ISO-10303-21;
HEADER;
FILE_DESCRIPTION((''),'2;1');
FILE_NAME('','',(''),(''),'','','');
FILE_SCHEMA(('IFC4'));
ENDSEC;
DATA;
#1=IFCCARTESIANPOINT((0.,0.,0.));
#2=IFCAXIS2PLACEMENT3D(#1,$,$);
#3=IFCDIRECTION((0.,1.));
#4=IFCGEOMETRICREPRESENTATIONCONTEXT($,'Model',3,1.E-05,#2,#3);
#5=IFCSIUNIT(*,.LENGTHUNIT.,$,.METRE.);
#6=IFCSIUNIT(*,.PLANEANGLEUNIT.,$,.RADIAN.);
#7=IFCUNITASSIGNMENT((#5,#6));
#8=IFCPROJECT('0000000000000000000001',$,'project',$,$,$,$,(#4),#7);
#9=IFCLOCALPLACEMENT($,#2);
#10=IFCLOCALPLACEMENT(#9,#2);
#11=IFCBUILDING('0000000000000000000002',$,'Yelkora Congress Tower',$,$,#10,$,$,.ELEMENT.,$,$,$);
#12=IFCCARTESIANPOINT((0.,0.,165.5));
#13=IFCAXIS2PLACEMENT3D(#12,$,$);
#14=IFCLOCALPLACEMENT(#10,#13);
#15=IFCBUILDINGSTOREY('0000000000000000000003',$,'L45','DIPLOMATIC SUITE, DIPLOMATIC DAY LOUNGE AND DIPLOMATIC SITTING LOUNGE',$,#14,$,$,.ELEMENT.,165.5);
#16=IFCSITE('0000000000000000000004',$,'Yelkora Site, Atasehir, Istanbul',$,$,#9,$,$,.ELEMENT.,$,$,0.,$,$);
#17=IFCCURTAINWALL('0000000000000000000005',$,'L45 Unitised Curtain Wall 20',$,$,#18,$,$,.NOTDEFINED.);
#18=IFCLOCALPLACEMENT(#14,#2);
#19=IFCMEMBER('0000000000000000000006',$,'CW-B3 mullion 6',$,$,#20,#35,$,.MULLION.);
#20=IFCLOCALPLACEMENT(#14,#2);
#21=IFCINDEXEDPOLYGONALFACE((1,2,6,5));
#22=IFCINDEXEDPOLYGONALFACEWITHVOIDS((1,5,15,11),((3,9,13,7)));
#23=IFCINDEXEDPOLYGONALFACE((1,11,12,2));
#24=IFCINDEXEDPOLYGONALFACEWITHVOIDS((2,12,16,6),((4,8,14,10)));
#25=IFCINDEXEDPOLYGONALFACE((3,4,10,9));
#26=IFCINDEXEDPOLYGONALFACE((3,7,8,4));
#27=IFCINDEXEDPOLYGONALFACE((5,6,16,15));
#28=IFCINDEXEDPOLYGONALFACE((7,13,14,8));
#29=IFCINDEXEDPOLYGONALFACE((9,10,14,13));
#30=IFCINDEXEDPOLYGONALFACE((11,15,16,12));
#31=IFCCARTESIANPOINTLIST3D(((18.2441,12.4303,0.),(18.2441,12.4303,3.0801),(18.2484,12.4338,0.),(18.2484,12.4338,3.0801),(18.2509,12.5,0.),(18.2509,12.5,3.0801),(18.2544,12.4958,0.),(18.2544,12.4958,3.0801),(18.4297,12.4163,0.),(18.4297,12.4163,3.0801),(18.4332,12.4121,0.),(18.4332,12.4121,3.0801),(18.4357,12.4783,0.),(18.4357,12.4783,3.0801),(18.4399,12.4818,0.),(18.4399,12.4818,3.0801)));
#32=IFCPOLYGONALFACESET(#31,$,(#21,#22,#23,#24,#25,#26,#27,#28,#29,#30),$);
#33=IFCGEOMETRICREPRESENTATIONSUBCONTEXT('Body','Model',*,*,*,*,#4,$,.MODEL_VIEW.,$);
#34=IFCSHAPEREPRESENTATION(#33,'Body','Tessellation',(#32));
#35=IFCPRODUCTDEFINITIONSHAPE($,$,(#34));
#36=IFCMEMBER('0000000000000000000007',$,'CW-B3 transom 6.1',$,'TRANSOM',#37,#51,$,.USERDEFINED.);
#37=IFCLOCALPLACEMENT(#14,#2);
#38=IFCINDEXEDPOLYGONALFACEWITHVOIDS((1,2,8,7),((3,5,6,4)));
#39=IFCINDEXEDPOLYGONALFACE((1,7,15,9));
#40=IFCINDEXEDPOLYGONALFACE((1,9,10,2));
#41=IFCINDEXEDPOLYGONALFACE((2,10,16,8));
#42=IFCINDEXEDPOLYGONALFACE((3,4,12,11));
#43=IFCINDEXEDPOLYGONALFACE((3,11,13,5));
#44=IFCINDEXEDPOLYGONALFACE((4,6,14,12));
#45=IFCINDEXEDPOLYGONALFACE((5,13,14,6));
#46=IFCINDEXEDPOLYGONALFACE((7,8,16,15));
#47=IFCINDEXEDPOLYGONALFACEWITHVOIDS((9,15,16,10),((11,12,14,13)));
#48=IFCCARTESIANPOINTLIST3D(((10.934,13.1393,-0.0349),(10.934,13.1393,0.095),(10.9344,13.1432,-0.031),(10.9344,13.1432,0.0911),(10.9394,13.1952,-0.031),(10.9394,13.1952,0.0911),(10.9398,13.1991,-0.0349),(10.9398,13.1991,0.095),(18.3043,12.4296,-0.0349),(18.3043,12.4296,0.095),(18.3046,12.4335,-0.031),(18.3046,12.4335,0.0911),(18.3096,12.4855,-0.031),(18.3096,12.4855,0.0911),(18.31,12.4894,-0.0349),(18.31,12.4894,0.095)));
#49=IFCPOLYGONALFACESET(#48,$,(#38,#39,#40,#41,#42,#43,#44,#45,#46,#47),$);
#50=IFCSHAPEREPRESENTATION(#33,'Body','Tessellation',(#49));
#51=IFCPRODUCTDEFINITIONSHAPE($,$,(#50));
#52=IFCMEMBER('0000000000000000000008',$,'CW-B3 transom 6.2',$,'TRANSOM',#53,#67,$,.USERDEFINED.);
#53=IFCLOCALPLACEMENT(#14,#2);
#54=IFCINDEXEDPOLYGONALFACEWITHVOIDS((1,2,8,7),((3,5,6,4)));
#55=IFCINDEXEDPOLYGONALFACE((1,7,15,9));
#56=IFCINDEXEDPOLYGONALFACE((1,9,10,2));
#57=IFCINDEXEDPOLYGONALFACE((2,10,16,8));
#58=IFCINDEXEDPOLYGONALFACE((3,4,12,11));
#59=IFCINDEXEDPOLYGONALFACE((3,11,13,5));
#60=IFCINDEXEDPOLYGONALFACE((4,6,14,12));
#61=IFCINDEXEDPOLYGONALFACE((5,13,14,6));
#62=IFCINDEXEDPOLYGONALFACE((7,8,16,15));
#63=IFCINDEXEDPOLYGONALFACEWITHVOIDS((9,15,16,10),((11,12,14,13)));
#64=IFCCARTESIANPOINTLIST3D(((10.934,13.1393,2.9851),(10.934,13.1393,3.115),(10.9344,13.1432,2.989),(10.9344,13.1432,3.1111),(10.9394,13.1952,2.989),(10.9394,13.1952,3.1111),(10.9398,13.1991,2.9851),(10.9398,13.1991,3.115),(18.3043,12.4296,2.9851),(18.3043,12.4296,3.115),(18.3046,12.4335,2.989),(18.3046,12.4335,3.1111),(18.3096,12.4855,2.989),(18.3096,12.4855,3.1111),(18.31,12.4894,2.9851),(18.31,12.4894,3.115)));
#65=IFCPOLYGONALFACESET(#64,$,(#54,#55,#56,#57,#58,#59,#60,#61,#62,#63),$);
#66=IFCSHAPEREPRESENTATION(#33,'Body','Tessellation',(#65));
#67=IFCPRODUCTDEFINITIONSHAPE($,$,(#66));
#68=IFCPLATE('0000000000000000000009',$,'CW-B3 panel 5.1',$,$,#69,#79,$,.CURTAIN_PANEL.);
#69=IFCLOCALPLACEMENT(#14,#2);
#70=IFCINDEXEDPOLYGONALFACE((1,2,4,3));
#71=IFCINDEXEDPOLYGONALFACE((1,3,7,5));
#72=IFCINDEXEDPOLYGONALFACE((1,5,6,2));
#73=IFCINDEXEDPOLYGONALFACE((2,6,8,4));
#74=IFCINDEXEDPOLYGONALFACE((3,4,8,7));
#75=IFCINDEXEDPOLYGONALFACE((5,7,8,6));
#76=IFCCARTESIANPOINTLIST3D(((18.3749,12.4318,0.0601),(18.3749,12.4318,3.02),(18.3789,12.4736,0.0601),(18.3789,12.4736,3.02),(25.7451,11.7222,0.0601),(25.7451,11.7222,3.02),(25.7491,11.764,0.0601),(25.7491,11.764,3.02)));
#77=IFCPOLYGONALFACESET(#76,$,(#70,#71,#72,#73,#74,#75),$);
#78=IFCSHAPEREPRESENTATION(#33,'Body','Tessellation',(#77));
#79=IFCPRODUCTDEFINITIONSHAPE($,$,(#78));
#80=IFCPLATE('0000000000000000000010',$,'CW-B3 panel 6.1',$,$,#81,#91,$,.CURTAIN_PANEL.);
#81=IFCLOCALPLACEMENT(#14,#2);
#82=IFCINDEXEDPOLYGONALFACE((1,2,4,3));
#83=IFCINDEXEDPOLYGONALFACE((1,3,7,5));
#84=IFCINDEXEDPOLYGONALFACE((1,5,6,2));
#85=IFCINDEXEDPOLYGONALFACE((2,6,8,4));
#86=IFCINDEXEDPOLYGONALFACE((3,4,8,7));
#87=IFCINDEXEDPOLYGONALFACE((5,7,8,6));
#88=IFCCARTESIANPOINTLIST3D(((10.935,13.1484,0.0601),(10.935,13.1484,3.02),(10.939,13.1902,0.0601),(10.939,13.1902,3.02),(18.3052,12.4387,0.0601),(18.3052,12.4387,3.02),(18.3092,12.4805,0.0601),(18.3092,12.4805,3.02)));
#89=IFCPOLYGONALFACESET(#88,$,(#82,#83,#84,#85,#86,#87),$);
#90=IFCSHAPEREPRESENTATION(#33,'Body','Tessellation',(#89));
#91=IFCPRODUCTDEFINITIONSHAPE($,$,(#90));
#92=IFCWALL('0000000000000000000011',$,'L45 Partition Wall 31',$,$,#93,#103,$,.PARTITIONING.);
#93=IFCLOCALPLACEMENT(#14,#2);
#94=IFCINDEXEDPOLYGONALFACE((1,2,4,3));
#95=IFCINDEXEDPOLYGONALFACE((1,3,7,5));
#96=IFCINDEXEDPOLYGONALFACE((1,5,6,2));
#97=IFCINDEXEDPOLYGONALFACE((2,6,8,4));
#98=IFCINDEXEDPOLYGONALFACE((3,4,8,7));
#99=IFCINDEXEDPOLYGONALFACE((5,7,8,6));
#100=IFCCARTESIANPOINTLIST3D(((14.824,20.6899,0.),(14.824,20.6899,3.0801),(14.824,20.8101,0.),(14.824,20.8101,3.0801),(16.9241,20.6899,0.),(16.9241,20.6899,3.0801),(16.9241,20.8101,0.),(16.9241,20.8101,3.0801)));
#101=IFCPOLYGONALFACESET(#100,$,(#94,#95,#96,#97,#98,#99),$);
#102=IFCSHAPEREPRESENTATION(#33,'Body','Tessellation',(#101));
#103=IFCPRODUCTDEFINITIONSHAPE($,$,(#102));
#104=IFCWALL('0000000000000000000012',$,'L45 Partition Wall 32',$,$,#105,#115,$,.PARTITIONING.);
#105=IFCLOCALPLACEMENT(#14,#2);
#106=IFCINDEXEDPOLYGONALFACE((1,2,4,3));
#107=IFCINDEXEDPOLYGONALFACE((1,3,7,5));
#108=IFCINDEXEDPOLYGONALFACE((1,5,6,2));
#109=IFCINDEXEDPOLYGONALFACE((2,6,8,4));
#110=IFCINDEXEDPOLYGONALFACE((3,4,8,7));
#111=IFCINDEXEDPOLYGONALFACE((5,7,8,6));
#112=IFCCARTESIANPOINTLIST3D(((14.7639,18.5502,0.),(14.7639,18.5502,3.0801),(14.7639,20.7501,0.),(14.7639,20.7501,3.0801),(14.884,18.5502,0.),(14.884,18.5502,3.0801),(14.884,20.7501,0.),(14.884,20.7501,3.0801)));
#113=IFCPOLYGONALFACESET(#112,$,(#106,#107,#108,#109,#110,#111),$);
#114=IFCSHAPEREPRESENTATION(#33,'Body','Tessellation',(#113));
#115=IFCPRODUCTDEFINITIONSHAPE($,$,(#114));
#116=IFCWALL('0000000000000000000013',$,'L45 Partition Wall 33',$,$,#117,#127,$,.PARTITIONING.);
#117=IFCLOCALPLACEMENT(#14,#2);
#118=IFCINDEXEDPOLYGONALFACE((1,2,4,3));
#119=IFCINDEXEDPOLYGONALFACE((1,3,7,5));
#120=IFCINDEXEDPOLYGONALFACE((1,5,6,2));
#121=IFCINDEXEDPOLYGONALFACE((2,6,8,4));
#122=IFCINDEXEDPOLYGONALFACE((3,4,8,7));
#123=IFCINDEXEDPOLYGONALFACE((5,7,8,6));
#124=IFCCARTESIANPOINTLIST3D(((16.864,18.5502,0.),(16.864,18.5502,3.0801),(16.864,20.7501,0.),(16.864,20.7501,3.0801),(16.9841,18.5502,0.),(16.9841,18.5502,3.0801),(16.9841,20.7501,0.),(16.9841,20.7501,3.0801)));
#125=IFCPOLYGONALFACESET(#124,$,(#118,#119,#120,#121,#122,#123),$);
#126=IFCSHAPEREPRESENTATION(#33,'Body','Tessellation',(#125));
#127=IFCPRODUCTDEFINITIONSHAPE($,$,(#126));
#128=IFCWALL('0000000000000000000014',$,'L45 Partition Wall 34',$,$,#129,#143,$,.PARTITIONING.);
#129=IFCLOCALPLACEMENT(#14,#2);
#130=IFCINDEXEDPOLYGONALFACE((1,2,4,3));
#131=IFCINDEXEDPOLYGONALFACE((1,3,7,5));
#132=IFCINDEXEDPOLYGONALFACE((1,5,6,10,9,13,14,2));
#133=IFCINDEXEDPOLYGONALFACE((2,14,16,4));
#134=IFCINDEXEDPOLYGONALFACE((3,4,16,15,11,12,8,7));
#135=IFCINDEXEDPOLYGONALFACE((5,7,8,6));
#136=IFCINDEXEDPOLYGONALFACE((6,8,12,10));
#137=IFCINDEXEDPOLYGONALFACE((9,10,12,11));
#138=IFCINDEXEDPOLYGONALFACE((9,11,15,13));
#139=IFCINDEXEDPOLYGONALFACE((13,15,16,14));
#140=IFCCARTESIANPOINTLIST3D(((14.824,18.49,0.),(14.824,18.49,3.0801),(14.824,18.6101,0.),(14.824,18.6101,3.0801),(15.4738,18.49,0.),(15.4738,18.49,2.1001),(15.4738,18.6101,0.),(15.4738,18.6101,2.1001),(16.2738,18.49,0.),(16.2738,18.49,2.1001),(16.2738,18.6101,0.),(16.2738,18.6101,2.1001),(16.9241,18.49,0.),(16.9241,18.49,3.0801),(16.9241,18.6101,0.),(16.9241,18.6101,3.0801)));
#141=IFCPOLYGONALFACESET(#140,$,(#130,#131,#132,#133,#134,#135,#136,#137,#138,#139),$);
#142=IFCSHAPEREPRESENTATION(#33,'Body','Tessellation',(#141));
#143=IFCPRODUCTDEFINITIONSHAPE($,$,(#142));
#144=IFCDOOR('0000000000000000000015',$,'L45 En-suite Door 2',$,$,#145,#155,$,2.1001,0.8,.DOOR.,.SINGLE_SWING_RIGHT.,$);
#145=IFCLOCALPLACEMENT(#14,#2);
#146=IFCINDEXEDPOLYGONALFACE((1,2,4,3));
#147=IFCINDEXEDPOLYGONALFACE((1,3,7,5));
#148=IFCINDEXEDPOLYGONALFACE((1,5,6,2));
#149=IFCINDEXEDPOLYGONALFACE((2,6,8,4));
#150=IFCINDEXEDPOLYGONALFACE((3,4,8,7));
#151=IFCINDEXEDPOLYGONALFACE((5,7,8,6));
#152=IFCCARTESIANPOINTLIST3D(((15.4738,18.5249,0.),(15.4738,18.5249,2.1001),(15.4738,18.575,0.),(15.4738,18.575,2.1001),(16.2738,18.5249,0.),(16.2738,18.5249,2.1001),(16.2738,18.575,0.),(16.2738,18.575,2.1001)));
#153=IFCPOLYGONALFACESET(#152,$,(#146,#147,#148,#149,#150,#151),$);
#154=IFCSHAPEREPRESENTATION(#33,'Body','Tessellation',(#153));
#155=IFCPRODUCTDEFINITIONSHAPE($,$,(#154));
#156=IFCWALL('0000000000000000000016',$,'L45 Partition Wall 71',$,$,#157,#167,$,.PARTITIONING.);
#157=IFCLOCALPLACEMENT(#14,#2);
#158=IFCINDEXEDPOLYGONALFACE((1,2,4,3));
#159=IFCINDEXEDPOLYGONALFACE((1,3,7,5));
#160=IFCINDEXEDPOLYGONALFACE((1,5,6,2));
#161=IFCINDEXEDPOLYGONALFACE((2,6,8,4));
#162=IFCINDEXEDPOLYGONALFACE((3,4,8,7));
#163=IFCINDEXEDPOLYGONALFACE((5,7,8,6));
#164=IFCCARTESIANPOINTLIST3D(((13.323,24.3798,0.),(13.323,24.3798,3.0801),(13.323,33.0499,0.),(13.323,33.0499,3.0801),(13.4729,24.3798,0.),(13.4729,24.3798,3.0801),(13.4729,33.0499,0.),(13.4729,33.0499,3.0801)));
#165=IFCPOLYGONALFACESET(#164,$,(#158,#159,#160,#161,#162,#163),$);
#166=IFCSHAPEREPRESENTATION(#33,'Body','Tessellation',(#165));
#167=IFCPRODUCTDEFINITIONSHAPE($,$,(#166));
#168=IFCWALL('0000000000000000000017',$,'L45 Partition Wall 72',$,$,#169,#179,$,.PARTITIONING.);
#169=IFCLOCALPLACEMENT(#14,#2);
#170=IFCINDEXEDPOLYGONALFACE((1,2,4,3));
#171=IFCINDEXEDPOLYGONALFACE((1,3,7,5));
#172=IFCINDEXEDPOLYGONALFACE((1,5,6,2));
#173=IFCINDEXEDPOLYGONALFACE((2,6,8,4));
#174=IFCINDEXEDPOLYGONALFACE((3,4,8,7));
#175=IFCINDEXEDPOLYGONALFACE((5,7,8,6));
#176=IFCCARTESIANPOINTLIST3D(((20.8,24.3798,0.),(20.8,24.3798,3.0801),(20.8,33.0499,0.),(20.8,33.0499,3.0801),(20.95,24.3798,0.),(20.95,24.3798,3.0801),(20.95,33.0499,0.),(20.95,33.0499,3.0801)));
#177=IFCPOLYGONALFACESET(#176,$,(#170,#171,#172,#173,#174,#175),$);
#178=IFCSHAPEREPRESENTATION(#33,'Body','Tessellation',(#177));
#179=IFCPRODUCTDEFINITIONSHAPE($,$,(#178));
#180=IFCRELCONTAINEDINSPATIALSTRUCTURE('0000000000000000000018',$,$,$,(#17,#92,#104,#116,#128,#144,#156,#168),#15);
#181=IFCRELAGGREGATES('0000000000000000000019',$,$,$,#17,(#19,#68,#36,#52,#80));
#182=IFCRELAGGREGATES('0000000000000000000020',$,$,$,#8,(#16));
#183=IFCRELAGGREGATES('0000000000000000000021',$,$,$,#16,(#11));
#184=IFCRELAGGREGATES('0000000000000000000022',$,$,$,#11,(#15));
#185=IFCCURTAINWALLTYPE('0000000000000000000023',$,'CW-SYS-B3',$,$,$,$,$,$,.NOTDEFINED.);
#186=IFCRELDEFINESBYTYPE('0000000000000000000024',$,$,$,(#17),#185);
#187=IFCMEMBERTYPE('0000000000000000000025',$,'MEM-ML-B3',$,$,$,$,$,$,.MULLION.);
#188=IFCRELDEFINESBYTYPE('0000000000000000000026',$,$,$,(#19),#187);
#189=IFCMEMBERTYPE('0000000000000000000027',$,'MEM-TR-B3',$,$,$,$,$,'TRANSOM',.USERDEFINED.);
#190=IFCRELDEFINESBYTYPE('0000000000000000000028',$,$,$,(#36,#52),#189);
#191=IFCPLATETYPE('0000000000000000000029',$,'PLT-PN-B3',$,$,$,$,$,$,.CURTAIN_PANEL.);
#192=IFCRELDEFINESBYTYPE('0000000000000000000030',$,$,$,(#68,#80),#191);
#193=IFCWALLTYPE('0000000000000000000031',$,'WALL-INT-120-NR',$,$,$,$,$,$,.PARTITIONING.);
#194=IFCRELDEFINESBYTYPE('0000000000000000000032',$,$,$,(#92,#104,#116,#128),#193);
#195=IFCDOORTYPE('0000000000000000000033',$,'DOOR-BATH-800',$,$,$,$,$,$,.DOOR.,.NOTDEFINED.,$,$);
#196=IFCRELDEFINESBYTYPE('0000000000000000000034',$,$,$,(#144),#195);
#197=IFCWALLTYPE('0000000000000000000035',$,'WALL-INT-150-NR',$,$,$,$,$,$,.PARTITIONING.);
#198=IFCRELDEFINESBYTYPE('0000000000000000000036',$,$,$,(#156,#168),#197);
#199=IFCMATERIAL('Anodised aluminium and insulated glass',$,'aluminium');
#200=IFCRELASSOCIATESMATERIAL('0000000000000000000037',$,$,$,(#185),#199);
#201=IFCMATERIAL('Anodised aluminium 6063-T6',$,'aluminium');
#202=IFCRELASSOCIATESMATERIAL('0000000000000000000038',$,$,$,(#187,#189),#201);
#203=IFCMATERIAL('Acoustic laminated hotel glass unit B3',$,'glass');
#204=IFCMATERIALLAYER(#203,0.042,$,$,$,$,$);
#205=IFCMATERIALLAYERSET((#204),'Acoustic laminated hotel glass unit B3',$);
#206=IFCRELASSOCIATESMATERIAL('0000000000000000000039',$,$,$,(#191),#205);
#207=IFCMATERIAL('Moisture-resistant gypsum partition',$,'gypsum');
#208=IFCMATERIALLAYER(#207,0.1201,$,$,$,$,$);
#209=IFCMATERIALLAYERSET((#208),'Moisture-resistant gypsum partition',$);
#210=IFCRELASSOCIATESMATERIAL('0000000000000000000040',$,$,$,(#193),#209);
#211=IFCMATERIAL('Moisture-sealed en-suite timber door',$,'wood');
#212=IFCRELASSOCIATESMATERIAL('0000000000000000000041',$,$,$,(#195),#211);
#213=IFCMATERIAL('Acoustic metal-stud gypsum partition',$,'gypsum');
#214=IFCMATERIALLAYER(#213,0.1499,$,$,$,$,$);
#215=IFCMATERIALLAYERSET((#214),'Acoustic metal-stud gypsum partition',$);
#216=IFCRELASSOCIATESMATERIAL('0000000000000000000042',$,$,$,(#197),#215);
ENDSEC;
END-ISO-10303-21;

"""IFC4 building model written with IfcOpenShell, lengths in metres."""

from ifc_helpers import new_model, si_unit, direction, frame, frame_2d, origin, origin_2d, place, context, subcontext, project, spatial, rectangle, hollow_rectangle, extrude, material, layer, layer_set, material_profile, profile_set, type_object, element, fill, aggregate, save


model = new_model("IFC4")

# Units and contexts
model_context = context("Model", 3, precision=1e-05, world=origin(), true_north=direction((0.0, 1.0)))
body_context = subcontext(model_context, "Body", "Model", "MODEL_VIEW")
ifc_project = project(units=[si_unit("LENGTHUNIT", "METRE"), si_unit("PLANEANGLEUNIT", "RADIAN")], contexts=[model_context])

# Site, building, storey
site_placement = place(None, origin())
site = spatial("IfcSite", under=ifc_project, at=site_placement, Name="Yelkora Site, Atasehir, Istanbul", CompositionType="ELEMENT", RefElevation=0.0)
building_placement = place(site_placement, origin())
building = spatial("IfcBuilding", under=site, at=building_placement, Name="Yelkora Congress Tower", CompositionType="ELEMENT")
storey_placement = place(building_placement, frame((0.0, 0.0, 165.5)))
storey = spatial("IfcBuildingStorey", under=building, at=storey_placement, Name="L45", Description="DIPLOMATIC SUITE, DIPLOMATIC DAY LOUNGE AND DIPLOMATIC SITTING LOUNGE", CompositionType="ELEMENT", Elevation=165.5)

# Curtain wall, members, plates
ifc_material_1 = material(Name="Anodised aluminium and insulated glass", Category="aluminium")
curtain_wall_type = type_object("IfcCurtainWallType", Name="CW-SYS-B3", PredefinedType="NOTDEFINED", material=ifc_material_1)
curtain_wall_placement = place(storey_placement, origin())
curtain_wall = element("IfcCurtainWall", 1, at=curtain_wall_placement, inside=storey, type_object=curtain_wall_type, Name="L45 Unitised Curtain Wall 20", PredefinedType="NOTDEFINED")
ifc_material_2 = material(Name="Anodised aluminium 6063-T6", Category="aluminium")
ifc_material_profile_1 = material_profile(ifc_material_2, hollow_rectangle(XDim=0.0701, YDim=0.1899, WallThickness=0.0039, at=origin_2d()), Name="ALU 70x190x4")
ifc_profile_set_1 = profile_set([ifc_material_profile_1], Name="Anodised aluminium 6063-T6")
member_type_1 = type_object("IfcMemberType", Name="MEM-ML-B3", PredefinedType="MULLION", material=ifc_profile_set_1)
member_1_placement = place(storey_placement, frame((18.342, 12.4561, 0.0), z_axis=(0.0, 0.0, 1.0), x_axis=(-0.095845, -0.995396, 0.0)))
member_1 = element("IfcMember", 2, at=member_1_placement, type_object=member_type_1, Name="CW-B3 mullion 6", PredefinedType="MULLION", context=body_context, shape_type="SweptSolid", body=[
    extrude(hollow_rectangle(XDim=0.0701, YDim=0.1899, WallThickness=0.0039, at=origin_2d()), origin(), (0.0, 0.0, 1.0), 3.0801),
])
ifc_material_profile_2 = material_profile(ifc_material_2, hollow_rectangle(XDim=0.0601, YDim=0.1299, WallThickness=0.0039, at=origin_2d()), Name="ALU 60x130x4")
ifc_profile_set_2 = profile_set([ifc_material_profile_2], Name="Anodised aluminium 6063-T6")
member_type_2 = type_object("IfcMemberType", Name="MEM-TR-B3", ElementType="TRANSOM", PredefinedType="USERDEFINED", material=ifc_profile_set_2)
member_2_placement = place(storey_placement, frame((18.3071, 12.4595, 0.03), z_axis=(-0.995395, 0.095853, 0.0), x_axis=(-0.095853, -0.995395, 0.0)))
member_2 = element("IfcMember", 3, at=member_2_placement, type_object=member_type_2, Name="CW-B3 transom 6.1", ObjectType="TRANSOM", PredefinedType="USERDEFINED", context=body_context, shape_type="SweptSolid", body=[
    extrude(hollow_rectangle(XDim=0.0601, YDim=0.1299, WallThickness=0.0039, at=origin_2d()), origin(), (0.0, 0.0, 1.0), 7.4043),
])
member_3_placement = place(storey_placement, frame((18.3071, 12.4595, 3.05), z_axis=(-0.995395, 0.095853, 0.0), x_axis=(-0.095853, -0.995395, 0.0)))
member_3 = element("IfcMember", 4, at=member_3_placement, type_object=member_type_2, Name="CW-B3 transom 6.2", ObjectType="TRANSOM", PredefinedType="USERDEFINED", context=body_context, shape_type="SweptSolid", body=[
    extrude(hollow_rectangle(XDim=0.0601, YDim=0.1299, WallThickness=0.0039, at=origin_2d()), origin(), (0.0, 0.0, 1.0), 7.4043),
])
ifc_material_3 = material(Name="Acoustic laminated hotel glass unit B3", Category="glass")
ifc_layer_1 = layer(ifc_material_3, 0.042)
ifc_layer_set_1 = layer_set([ifc_layer_1], Name="Acoustic laminated hotel glass unit B3")
plate_type = type_object("IfcPlateType", Name="PLT-PN-B3", PredefinedType="CURTAIN_PANEL", material=ifc_layer_set_1)
plate_1_placement = place(storey_placement, frame((22.062, 12.0979, 0.0601), z_axis=(0.0, 0.0, 1.0), x_axis=(-0.995396, 0.095845, 0.0)))
plate_1 = element("IfcPlate", 5, at=plate_1_placement, type_object=plate_type, Name="CW-B3 panel 5.1", PredefinedType="CURTAIN_PANEL", context=body_context, shape_type="SweptSolid", body=[
    extrude(rectangle(XDim=7.4043, YDim=0.042, at=origin_2d()), origin(), (0.0, 0.0, 1.0), 2.96),
])
plate_2_placement = place(storey_placement, frame((14.6221, 12.8145, 0.0601), z_axis=(0.0, 0.0, 1.0), x_axis=(-0.995396, 0.095845, 0.0)))
plate_2 = element("IfcPlate", 6, at=plate_2_placement, type_object=plate_type, Name="CW-B3 panel 6.1", PredefinedType="CURTAIN_PANEL", context=body_context, shape_type="SweptSolid", body=[
    extrude(rectangle(XDim=7.4043, YDim=0.042, at=origin_2d()), origin(), (0.0, 0.0, 1.0), 2.96),
])
aggregate(curtain_wall, [member_1, plate_1, member_2, member_3, plate_2])

# Walls
ifc_material_4 = material(Name="Moisture-resistant gypsum partition", Category="gypsum")
ifc_layer_2 = layer(ifc_material_4, 0.1201)
ifc_layer_set_2 = layer_set([ifc_layer_2], Name="Moisture-resistant gypsum partition")
wall_type_1 = type_object("IfcWallType", Name="WALL-INT-120-NR", PredefinedType="PARTITIONING", material=ifc_layer_set_2)
wall_1_placement = place(storey_placement, frame((14.824, 20.75, 0.0), z_axis=(0.0, 0.0, 1.0), x_axis=(1.0, 0.0, 0.0)))
element("IfcWall", 7, at=wall_1_placement, inside=storey, type_object=wall_type_1, Name="L45 Partition Wall 31", PredefinedType="PARTITIONING", context=body_context, shape_type="SweptSolid", body=[
    extrude(rectangle(XDim=2.1001, YDim=0.1201, at=frame_2d((1.05, 0.0))), origin(), (0.0, 0.0, 1.0), 3.0801),
])
for number, where, z_axis, x_axis, name in (
    (8, (14.824, 18.55, 0.0), (0.0, 0.0, 1.0), (0.0, 1.0, 0.0), "L45 Partition Wall 32"),
    (9, (16.9241, 18.55, 0.0), (0.0, 0.0, 1.0), (0.0, 1.0, 0.0), "L45 Partition Wall 33"),
):
    element("IfcWall", number, at=place(storey_placement, frame(where, z_axis=z_axis, x_axis=x_axis)), inside=storey, type_object=wall_type_1, Name=name, PredefinedType="PARTITIONING", context=body_context, shape_type="SweptSolid", body=[
        extrude(rectangle(XDim=2.2, YDim=0.1201, at=frame_2d((1.1001, 0.0))), origin(), (0.0, 0.0, 1.0), 3.0801),
    ])

# Wall, opening, door
wall_2_placement = place(storey_placement, frame((14.824, 18.55, 0.0), z_axis=(0.0, 0.0, 1.0), x_axis=(1.0, 0.0, 0.0)))
wall_2 = element("IfcWall", 10, at=wall_2_placement, inside=storey, type_object=wall_type_1, Name="L45 Partition Wall 34", PredefinedType="PARTITIONING", context=body_context, shape_type="SweptSolid", body=[
    extrude(rectangle(XDim=2.1001, YDim=0.1201, at=frame_2d((1.05, 0.0))), origin(), (0.0, 0.0, 1.0), 3.0801),
])
opening_placement = place(wall_2_placement, frame((0.6499, 0.0, 0.0)))
opening = element("IfcOpeningElement", 11, at=opening_placement, cuts=wall_2, PredefinedType="OPENING", context=body_context, shape_type="SweptSolid", body=[
    extrude(rectangle(XDim=0.8, YDim=2.1001, at=frame_2d((0.3999, 1.05))), frame((0.0, 0.0701, 0.0), z_axis=(0.0, -1.0, 0.0), x_axis=(1.0, 0.0, 0.0)), (0.0, 0.0, 1.0), 0.1401),
])
ifc_material_5 = material(Name="Moisture-sealed en-suite timber door", Category="wood")
door_type = type_object("IfcDoorType", Name="DOOR-BATH-800", OperationType="NOTDEFINED", PredefinedType="DOOR", material=ifc_material_5)
door_placement = place(opening_placement, origin())
door = element("IfcDoor", 12, at=door_placement, inside=storey, type_object=door_type, Name="L45 En-suite Door 2", OperationType="SINGLE_SWING_RIGHT", OverallHeight=2.1001, OverallWidth=0.8, PredefinedType="DOOR", context=body_context, shape_type="SweptSolid", body=[
    extrude(rectangle(XDim=0.8, YDim=2.1001, at=frame_2d((0.3999, 1.05))), frame((0.0, 0.0249, 0.0), z_axis=(0.0, -1.0, 0.0), x_axis=(1.0, 0.0, 0.0)), (0.0, 0.0, 1.0), 0.05),
])
fill(opening, door)

# Walls
ifc_material_6 = material(Name="Acoustic metal-stud gypsum partition", Category="gypsum")
ifc_layer_3 = layer(ifc_material_6, 0.1499)
ifc_layer_set_3 = layer_set([ifc_layer_3], Name="Acoustic metal-stud gypsum partition")
wall_type_2 = type_object("IfcWallType", Name="WALL-INT-150-NR", PredefinedType="PARTITIONING", material=ifc_layer_set_3)
for number, where, z_axis, x_axis, name in (
    (13, (13.3979, 24.3799, 0.0), (0.0, 0.0, 1.0), (0.0, 1.0, 0.0), "L45 Partition Wall 71"),
    (14, (20.875, 24.3799, 0.0), (0.0, 0.0, 1.0), (0.0, 1.0, 0.0), "L45 Partition Wall 72"),
):
    element("IfcWall", number, at=place(storey_placement, frame(where, z_axis=z_axis, x_axis=x_axis)), inside=storey, type_object=wall_type_2, Name=name, PredefinedType="PARTITIONING", context=body_context, shape_type="SweptSolid", body=[
        extrude(rectangle(XDim=8.6702, YDim=0.1499, at=frame_2d((4.335, 0.0))), origin(), (0.0, 0.0, 1.0), 3.0801),
    ])

save(model, "model.ifc")
